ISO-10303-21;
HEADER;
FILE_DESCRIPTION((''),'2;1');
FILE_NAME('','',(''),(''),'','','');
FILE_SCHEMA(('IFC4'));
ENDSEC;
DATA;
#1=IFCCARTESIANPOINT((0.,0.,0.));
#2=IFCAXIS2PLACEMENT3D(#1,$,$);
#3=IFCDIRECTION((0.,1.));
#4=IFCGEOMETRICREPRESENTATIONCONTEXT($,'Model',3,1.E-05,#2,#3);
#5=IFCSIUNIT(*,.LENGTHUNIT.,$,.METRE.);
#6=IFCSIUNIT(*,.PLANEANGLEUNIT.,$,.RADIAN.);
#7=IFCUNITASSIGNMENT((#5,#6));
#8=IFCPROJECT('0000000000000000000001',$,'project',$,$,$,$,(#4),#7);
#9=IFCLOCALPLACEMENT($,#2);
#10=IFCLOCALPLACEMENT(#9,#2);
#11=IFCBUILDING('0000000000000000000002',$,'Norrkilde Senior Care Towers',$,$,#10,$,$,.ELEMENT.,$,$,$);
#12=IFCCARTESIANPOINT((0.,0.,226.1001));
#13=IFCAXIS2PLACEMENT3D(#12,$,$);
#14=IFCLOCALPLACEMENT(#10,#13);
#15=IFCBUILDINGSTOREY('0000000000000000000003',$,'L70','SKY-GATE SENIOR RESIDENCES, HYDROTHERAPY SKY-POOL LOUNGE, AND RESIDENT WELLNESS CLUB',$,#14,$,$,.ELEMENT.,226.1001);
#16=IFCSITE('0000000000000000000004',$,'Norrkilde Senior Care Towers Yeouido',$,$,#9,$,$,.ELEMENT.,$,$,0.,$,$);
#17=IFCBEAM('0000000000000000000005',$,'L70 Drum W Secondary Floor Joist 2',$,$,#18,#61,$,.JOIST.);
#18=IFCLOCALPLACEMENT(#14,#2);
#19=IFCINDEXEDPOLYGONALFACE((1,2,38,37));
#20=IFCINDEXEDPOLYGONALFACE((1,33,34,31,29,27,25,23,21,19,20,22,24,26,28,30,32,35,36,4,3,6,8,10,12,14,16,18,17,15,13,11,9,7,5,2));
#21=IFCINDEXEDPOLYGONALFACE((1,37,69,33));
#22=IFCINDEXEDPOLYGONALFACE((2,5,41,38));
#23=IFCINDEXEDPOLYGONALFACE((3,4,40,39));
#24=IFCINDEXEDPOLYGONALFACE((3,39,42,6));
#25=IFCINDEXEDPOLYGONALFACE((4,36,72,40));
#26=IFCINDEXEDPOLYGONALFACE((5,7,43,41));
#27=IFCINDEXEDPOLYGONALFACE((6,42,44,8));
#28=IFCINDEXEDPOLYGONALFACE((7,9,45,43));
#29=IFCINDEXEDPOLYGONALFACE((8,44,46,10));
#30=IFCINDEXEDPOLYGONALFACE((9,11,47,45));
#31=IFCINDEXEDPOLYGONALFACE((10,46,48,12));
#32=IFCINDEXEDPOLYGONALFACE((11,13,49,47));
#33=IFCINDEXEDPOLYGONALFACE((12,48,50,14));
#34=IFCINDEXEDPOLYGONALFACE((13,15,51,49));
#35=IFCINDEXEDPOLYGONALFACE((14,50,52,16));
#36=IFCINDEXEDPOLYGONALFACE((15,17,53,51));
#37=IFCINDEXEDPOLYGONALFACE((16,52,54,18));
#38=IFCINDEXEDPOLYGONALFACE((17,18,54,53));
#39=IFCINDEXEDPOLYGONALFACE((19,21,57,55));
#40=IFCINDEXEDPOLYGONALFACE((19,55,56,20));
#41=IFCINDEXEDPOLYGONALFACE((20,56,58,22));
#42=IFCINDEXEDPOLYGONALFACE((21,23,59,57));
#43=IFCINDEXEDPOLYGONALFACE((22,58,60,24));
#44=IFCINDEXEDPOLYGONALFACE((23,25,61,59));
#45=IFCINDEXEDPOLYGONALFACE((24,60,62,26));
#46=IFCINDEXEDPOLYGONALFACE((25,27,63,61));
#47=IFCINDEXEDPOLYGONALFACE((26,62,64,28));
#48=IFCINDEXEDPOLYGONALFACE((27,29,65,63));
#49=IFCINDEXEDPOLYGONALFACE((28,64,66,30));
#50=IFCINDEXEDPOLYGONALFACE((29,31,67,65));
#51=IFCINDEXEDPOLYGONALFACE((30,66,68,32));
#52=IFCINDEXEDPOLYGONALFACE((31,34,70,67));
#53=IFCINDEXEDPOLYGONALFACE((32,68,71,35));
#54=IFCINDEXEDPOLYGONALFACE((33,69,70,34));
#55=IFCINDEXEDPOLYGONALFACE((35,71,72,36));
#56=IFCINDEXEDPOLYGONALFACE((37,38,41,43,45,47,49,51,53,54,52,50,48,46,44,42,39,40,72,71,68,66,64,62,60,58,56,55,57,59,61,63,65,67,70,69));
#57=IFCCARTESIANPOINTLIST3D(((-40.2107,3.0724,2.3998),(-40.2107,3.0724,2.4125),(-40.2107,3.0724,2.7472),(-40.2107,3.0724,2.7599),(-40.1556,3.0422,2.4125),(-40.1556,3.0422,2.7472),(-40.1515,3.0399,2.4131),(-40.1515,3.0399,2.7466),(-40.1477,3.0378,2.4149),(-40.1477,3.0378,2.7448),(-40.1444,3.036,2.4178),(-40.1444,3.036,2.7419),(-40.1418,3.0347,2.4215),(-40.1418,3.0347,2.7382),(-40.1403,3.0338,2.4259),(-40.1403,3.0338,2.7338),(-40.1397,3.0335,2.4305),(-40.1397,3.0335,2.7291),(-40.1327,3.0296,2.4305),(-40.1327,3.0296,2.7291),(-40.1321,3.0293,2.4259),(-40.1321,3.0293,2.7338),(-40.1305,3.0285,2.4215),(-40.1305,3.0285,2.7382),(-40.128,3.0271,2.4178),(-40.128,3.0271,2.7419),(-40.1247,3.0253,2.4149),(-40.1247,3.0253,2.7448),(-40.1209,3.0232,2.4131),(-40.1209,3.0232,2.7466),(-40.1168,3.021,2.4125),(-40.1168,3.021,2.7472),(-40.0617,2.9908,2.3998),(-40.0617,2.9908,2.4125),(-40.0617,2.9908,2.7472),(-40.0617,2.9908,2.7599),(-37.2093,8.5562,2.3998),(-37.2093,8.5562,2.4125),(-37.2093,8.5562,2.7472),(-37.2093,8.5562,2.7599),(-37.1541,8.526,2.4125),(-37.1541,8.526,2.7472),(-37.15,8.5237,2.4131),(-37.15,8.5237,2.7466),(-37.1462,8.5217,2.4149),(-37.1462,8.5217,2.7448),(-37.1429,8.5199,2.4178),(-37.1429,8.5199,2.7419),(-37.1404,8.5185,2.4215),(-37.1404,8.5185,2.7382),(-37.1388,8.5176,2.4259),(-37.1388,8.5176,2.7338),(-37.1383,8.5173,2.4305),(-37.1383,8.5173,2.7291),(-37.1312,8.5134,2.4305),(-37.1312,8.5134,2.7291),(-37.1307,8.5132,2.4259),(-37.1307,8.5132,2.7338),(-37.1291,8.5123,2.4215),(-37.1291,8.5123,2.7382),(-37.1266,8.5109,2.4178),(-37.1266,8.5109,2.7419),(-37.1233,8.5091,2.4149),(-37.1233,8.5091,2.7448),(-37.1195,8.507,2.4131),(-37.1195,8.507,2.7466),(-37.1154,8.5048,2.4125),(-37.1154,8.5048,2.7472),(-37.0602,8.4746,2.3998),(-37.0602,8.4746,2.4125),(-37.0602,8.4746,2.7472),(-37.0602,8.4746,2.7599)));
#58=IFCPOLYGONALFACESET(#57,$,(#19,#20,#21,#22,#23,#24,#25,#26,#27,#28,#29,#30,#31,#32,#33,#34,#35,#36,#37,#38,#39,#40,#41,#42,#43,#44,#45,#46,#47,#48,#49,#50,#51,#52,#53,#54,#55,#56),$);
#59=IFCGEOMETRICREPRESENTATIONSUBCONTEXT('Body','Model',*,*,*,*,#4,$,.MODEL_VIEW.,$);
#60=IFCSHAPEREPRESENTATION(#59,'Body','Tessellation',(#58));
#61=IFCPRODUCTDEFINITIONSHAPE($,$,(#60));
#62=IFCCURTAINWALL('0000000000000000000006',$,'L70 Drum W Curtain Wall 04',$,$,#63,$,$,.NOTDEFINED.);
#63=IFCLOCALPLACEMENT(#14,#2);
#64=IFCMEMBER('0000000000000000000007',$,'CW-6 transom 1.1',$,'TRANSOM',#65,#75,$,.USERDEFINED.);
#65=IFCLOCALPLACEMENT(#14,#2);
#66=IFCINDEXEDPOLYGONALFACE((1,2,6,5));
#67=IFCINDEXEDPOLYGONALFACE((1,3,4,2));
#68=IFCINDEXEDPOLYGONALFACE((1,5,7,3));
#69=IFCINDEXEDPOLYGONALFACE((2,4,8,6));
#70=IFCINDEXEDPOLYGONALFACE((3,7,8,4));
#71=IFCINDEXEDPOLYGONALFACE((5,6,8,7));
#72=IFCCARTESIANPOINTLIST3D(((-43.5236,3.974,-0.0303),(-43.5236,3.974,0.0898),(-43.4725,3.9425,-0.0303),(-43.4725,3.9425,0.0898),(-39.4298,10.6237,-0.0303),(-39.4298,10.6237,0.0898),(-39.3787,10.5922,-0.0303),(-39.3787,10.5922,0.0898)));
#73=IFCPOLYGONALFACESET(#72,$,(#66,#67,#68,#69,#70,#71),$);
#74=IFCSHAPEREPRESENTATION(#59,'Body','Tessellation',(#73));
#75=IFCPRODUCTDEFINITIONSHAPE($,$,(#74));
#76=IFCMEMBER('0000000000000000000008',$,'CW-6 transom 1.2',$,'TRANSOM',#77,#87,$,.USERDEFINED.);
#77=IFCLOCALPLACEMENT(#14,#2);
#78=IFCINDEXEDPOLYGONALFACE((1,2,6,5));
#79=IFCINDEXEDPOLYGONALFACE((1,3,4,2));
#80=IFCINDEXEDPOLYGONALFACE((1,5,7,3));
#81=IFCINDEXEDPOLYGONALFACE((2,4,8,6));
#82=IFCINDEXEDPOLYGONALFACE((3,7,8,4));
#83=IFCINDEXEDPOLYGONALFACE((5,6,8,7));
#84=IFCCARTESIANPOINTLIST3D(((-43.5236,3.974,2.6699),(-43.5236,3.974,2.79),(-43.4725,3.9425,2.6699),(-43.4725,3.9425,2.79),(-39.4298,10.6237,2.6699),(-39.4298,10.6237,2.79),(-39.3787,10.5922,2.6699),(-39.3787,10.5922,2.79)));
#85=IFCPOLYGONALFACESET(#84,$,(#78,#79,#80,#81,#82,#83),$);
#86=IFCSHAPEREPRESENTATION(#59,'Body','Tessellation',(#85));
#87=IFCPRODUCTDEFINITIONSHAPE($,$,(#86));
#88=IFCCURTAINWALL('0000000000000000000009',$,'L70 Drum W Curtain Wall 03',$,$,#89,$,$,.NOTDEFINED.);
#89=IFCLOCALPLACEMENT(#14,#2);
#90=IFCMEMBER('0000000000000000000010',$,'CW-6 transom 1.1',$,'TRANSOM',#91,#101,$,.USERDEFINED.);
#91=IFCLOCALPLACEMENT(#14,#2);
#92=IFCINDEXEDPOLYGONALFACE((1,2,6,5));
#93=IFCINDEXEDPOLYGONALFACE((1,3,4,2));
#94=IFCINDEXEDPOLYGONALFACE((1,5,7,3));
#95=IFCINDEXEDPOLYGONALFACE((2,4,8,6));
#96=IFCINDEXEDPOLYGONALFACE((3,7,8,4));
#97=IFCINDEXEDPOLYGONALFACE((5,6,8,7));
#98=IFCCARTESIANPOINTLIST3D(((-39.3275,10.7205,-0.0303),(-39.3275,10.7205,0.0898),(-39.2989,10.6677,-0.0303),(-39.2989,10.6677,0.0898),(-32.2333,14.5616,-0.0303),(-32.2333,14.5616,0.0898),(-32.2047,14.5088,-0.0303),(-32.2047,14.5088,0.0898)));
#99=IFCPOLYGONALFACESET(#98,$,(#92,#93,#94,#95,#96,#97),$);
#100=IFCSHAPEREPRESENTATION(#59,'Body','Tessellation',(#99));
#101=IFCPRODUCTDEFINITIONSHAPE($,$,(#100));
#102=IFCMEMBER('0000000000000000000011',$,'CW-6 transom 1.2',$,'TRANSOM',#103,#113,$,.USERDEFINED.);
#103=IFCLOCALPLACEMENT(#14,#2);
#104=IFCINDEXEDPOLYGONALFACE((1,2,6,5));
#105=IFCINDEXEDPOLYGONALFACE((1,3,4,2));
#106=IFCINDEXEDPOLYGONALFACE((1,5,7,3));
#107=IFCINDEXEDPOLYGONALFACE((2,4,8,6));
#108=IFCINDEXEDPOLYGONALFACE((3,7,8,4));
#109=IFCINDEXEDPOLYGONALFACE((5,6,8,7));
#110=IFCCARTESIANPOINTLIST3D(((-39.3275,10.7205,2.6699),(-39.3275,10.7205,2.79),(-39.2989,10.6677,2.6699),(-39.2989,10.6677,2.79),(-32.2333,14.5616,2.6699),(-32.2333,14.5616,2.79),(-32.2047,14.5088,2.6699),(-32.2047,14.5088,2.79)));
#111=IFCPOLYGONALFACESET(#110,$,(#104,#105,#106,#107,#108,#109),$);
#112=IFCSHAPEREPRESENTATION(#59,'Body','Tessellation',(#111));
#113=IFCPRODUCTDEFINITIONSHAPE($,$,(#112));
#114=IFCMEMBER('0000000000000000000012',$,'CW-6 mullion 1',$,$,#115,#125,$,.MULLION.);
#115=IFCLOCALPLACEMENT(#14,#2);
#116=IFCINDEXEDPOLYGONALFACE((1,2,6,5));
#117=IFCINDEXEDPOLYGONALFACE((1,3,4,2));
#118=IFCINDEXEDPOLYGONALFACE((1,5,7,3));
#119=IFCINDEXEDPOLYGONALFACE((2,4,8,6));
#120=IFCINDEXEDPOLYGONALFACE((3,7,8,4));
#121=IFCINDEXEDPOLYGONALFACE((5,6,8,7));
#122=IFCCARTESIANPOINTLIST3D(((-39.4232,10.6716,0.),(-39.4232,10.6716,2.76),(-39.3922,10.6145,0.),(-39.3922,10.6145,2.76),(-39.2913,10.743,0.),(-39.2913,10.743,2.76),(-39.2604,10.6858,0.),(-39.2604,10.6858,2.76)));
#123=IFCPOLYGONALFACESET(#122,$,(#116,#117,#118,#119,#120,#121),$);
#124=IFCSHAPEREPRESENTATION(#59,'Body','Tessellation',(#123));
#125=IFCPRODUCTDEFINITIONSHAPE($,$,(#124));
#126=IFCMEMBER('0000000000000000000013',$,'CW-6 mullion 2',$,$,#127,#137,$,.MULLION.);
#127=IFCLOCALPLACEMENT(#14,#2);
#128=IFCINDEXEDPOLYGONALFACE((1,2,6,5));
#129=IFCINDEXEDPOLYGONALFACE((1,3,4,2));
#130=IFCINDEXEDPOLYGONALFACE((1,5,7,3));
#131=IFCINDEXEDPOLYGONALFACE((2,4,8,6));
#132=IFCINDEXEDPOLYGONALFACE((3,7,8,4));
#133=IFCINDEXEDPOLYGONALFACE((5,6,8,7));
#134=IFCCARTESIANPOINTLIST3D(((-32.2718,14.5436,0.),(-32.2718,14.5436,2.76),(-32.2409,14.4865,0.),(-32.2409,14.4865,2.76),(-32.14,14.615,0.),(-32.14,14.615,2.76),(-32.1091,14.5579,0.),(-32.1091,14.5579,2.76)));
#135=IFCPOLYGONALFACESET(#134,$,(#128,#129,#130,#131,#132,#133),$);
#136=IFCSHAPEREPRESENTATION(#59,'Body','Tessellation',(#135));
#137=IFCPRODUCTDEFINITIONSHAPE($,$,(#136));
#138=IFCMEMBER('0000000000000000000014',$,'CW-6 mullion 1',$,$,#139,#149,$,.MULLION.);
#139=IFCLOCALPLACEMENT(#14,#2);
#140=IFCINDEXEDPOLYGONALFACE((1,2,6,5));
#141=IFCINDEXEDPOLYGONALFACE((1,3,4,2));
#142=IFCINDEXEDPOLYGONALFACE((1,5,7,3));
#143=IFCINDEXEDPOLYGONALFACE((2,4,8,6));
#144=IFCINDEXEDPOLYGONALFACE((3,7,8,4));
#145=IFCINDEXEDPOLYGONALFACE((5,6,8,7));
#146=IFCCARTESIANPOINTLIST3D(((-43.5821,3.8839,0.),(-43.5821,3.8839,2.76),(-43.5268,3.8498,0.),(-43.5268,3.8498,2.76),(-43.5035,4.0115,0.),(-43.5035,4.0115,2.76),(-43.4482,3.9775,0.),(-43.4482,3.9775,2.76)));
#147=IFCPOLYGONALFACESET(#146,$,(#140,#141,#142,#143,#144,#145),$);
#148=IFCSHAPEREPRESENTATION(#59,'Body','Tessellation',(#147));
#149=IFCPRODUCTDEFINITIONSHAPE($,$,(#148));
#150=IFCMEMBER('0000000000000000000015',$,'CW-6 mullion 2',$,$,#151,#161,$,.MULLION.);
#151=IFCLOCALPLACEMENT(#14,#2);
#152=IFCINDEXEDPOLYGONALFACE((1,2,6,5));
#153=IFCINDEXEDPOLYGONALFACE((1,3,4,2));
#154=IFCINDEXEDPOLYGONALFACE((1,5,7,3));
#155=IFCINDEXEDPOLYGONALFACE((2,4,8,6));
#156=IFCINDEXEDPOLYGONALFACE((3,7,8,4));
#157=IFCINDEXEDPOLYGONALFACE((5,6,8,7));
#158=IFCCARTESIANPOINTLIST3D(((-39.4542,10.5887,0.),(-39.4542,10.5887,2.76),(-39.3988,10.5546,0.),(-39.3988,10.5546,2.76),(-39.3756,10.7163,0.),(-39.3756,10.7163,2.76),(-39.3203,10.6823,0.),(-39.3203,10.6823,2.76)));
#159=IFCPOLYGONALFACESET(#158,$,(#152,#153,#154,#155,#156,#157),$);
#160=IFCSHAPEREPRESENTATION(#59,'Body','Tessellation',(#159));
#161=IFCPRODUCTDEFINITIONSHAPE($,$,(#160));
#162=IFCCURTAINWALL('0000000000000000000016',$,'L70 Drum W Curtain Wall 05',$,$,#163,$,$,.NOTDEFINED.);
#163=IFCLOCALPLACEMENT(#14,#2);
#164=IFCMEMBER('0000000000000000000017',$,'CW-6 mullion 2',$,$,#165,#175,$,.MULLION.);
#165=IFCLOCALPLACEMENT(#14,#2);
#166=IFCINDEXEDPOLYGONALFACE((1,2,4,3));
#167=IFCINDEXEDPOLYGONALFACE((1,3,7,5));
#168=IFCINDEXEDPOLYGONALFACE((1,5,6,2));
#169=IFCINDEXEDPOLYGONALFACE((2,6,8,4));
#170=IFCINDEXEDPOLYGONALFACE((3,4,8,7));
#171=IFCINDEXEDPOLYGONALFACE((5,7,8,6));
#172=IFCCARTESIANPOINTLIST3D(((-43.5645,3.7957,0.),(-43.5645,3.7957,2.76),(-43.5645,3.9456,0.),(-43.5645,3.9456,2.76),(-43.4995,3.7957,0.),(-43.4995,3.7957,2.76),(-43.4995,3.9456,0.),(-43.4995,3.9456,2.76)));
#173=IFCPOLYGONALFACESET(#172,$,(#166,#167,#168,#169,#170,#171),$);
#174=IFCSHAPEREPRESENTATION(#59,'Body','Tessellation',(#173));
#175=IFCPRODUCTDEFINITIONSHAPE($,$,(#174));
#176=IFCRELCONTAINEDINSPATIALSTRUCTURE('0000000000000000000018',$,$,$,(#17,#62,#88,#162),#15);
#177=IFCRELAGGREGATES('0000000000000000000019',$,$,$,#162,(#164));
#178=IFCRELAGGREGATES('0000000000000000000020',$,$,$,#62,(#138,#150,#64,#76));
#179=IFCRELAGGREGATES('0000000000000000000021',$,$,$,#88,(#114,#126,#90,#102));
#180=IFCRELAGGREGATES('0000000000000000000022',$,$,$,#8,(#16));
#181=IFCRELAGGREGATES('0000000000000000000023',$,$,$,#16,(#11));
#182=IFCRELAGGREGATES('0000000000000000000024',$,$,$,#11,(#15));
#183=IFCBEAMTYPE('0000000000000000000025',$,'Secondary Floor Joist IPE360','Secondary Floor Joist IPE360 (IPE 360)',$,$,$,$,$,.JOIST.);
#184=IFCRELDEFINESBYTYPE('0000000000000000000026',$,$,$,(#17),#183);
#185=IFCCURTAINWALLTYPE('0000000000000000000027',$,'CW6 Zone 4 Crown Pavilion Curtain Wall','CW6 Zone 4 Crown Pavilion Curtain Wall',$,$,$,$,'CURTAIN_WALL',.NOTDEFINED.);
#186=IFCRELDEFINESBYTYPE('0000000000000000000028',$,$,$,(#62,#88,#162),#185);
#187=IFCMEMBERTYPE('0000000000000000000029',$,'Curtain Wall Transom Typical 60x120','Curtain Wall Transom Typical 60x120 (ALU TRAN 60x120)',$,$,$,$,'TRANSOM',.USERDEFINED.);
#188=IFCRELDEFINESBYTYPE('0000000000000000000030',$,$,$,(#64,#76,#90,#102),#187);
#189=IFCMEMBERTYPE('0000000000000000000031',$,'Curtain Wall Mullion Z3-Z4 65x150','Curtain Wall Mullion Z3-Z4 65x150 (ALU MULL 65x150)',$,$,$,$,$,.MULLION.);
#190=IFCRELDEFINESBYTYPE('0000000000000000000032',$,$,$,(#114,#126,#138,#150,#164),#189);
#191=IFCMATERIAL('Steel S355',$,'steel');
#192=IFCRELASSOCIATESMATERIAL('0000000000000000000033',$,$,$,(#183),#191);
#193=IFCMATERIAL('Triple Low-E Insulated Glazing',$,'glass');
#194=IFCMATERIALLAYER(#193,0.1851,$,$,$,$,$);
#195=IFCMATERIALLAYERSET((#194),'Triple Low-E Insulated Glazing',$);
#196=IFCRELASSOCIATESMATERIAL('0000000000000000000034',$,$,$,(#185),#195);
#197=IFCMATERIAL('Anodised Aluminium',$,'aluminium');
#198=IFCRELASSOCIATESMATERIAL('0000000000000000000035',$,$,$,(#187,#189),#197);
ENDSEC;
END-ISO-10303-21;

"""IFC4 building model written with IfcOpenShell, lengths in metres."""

from ifc_helpers import new_model, si_unit, direction, frame, origin, origin_2d, place, context, subcontext, project, spatial, rectangle, i_section, extrude, source, transform, mapped, material, layer, layer_set, material_profile, profile_set, type_object, type_shapes, element, aggregate, save


model = new_model("IFC4")

# Units and contexts
model_context = context("Model", 3, precision=1e-05, world=origin(), true_north=direction((0.0, 1.0)))
body_context = subcontext(model_context, "Body", "Model", "MODEL_VIEW")
ifc_project = project(units=[si_unit("LENGTHUNIT", "METRE"), si_unit("PLANEANGLEUNIT", "RADIAN")], contexts=[model_context])

# Site, building, storey
site_placement = place(None, origin())
site = spatial("IfcSite", under=ifc_project, at=site_placement, Name="Norrkilde Senior Care Towers Yeouido", CompositionType="ELEMENT", RefElevation=0.0)
building_placement = place(site_placement, origin())
building = spatial("IfcBuilding", under=site, at=building_placement, Name="Norrkilde Senior Care Towers", CompositionType="ELEMENT")
storey_placement = place(building_placement, frame((0.0, 0.0, 226.1001)))
storey = spatial("IfcBuildingStorey", under=building, at=storey_placement, Name="L70", Description="SKY-GATE SENIOR RESIDENCES, HYDROTHERAPY SKY-POOL LOUNGE, AND RESIDENT WELLNESS CLUB", CompositionType="ELEMENT", Elevation=226.1001)

# Beam
ifc_material_1 = material(Name="Steel S355", Category="steel")
ifc_material_profile_1 = material_profile(ifc_material_1, i_section(OverallWidth=0.1699, OverallDepth=0.3601, WebThickness=0.0081, FlangeThickness=0.0127, FilletRadius=0.0181, at=origin_2d()), Name="IPE 360")
ifc_profile_set_1 = profile_set([ifc_material_profile_1], Name="Steel S355")
beam_type_1 = type_object("IfcBeamType", Name="Secondary Floor Joist IPE360", Description="Secondary Floor Joist IPE360 (IPE 360)", PredefinedType="JOIST", material=ifc_profile_set_1)
shared_shape_1 = source(origin(), body_context, "Body", "SweptSolid", [
    extrude(i_section(OverallWidth=0.1699, OverallDepth=0.3601, WebThickness=0.0081, FlangeThickness=0.0127, FilletRadius=0.0181, at=origin_2d()), origin(), (0.0, 0.0, 1.0), 6.2515),
])
type_shapes(beam_type_1, [shared_shape_1])
beam_1_placement = place(storey_placement, frame((-37.1348, 8.5154, 2.5798), z_axis=(-0.480116, -0.877205, 0.0), x_axis=(0.877205, -0.480116, 0.0)))
element("IfcBeam", 1, at=beam_1_placement, inside=storey, type_object=beam_type_1, Name="L70 Drum W Secondary Floor Joist 2", PredefinedType="JOIST", context=body_context, shape_type="MappedRepresentation", body=[
    mapped(shared_shape_1, transform((0.0, 0.0, 0.0), x_axis=(1.0, 0.0, 0.0), y_axis=(0.0, 1.0, 0.0), z_axis=(0.0, 0.0, 1.0), scale=1.0)),
])

# Curtain walls, members
ifc_material_2 = material(Name="Triple Low-E Insulated Glazing", Category="glass")
ifc_layer_1 = layer(ifc_material_2, 0.1851)
ifc_layer_set_1 = layer_set([ifc_layer_1], Name="Triple Low-E Insulated Glazing")
curtain_wall_type = type_object("IfcCurtainWallType", Name="CW6 Zone 4 Crown Pavilion Curtain Wall", Description="CW6 Zone 4 Crown Pavilion Curtain Wall", ElementType="CURTAIN_WALL", PredefinedType="NOTDEFINED", material=ifc_layer_set_1)
curtain_wall_1_placement = place(storey_placement, origin())
curtain_wall_1 = element("IfcCurtainWall", 2, at=curtain_wall_1_placement, inside=storey, type_object=curtain_wall_type, Name="L70 Drum W Curtain Wall 04", PredefinedType="NOTDEFINED")
ifc_material_3 = material(Name="Anodised Aluminium", Category="aluminium")
ifc_material_profile_2 = material_profile(ifc_material_3, rectangle(XDim=0.0601, YDim=0.1201, at=origin_2d()), Name="ALU TRAN 60x120")
ifc_profile_set_2 = profile_set([ifc_material_profile_2], Name="Anodised Aluminium")
member_type_1 = type_object("IfcMemberType", Name="Curtain Wall Transom Typical 60x120", Description="Curtain Wall Transom Typical 60x120 (ALU TRAN 60x120)", ElementType="TRANSOM", PredefinedType="USERDEFINED", material=ifc_profile_set_2)
shared_shape_2 = source(origin(), body_context, "Body", "SweptSolid", [
    extrude(rectangle(XDim=0.0601, YDim=0.1201, at=origin_2d()), origin(), (0.0, 0.0, 1.0), 7.8088),
])
member_1_placement = place(storey_placement, frame((-43.498, 3.9583, 0.0298), z_axis=(0.524251, 0.851564, 0.0), x_axis=(-0.851564, 0.524251, 0.0)))
member_1 = element("IfcMember", 3, at=member_1_placement, type_object=member_type_1, Name="CW-6 transom 1.1", ObjectType="TRANSOM", PredefinedType="USERDEFINED", context=body_context, shape_type="MappedRepresentation", body=[
    mapped(shared_shape_2, transform((0.0, 0.0, 0.0), x_axis=(1.0, 0.0, 0.0), y_axis=(0.0, 1.0, 0.0), z_axis=(0.0, 0.0, 1.0), scale=1.0)),
])
member_2_placement = place(storey_placement, frame((-43.498, 3.9583, 2.73), z_axis=(0.524251, 0.851564, 0.0), x_axis=(-0.851564, 0.524251, 0.0)))
member_2 = element("IfcMember", 4, at=member_2_placement, type_object=member_type_1, Name="CW-6 transom 1.2", ObjectType="TRANSOM", PredefinedType="USERDEFINED", context=body_context, shape_type="MappedRepresentation", body=[
    mapped(shared_shape_2, transform((0.0, 0.0, 0.0), x_axis=(1.0, 0.0, 0.0), y_axis=(0.0, 1.0, 0.0), z_axis=(0.0, 0.0, 1.0), scale=1.0)),
])
curtain_wall_2_placement = place(storey_placement, origin())
curtain_wall_2 = element("IfcCurtainWall", 5, at=curtain_wall_2_placement, inside=storey, type_object=curtain_wall_type, Name="L70 Drum W Curtain Wall 03", PredefinedType="NOTDEFINED")
shared_shape_3 = source(origin(), body_context, "Body", "SweptSolid", [
    extrude(rectangle(XDim=0.0601, YDim=0.1201, at=origin_2d()), origin(), (0.0, 0.0, 1.0), 8.0674),
])
type_shapes(member_type_1, [shared_shape_2, shared_shape_3])
member_3_placement = place(storey_placement, frame((-39.3132, 10.6941, 0.0298), z_axis=(0.879378, 0.476125, 0.0), x_axis=(-0.476125, 0.879378, 0.0)))
member_3 = element("IfcMember", 6, at=member_3_placement, type_object=member_type_1, Name="CW-6 transom 1.1", ObjectType="TRANSOM", PredefinedType="USERDEFINED", context=body_context, shape_type="MappedRepresentation", body=[
    mapped(shared_shape_3, transform((0.0, 0.0, 0.0), x_axis=(1.0, 0.0, 0.0), y_axis=(0.0, 1.0, 0.0), z_axis=(0.0, 0.0, 1.0), scale=1.0)),
])
member_4_placement = place(storey_placement, frame((-39.3132, 10.6941, 2.73), z_axis=(0.879378, 0.476125, 0.0), x_axis=(-0.476125, 0.879378, 0.0)))
member_4 = element("IfcMember", 7, at=member_4_placement, type_object=member_type_1, Name="CW-6 transom 1.2", ObjectType="TRANSOM", PredefinedType="USERDEFINED", context=body_context, shape_type="MappedRepresentation", body=[
    mapped(shared_shape_3, transform((0.0, 0.0, 0.0), x_axis=(1.0, 0.0, 0.0), y_axis=(0.0, 1.0, 0.0), z_axis=(0.0, 0.0, 1.0), scale=1.0)),
])
ifc_material_profile_3 = material_profile(ifc_material_3, rectangle(XDim=0.0649, YDim=0.1499, at=origin_2d()), Name="ALU MULL 65x150")
ifc_profile_set_3 = profile_set([ifc_material_profile_3], Name="Anodised Aluminium")
member_type_2 = type_object("IfcMemberType", Name="Curtain Wall Mullion Z3-Z4 65x150", Description="Curtain Wall Mullion Z3-Z4 65x150 (ALU MULL 65x150)", PredefinedType="MULLION", material=ifc_profile_set_3)
shared_shape_4 = source(origin(), body_context, "Body", "SweptSolid", [
    extrude(rectangle(XDim=0.0649, YDim=0.1499, at=origin_2d()), origin(), (0.0, 0.0, 1.0), 2.76),
])
type_shapes(member_type_2, [shared_shape_4])
member_5_placement = place(storey_placement, frame((-39.3418, 10.6787, 0.0), z_axis=(0.0, 0.0, 1.0), x_axis=(-0.476133, 0.879373, 0.0)))
member_5 = element("IfcMember", 8, at=member_5_placement, type_object=member_type_2, Name="CW-6 mullion 1", PredefinedType="MULLION", context=body_context, shape_type="MappedRepresentation", body=[
    mapped(shared_shape_4, transform((0.0, 0.0, 0.0), x_axis=(1.0, 0.0, 0.0), y_axis=(0.0, 1.0, 0.0), z_axis=(0.0, 0.0, 1.0), scale=1.0)),
])
member_6_placement = place(storey_placement, frame((-32.1904, 14.5508, 0.0), z_axis=(0.0, 0.0, 1.0), x_axis=(-0.476133, 0.879373, 0.0)))
member_6 = element("IfcMember", 9, at=member_6_placement, type_object=member_type_2, Name="CW-6 mullion 2", PredefinedType="MULLION", context=body_context, shape_type="MappedRepresentation", body=[
    mapped(shared_shape_4, transform((0.0, 0.0, 0.0), x_axis=(1.0, 0.0, 0.0), y_axis=(0.0, 1.0, 0.0), z_axis=(0.0, 0.0, 1.0), scale=1.0)),
])

# Members
member_7_placement = place(storey_placement, frame((-43.5151, 3.9307, 0.0), z_axis=(0.0, 0.0, 1.0), x_axis=(-0.851563, 0.524253, 0.0)))
member_7 = element("IfcMember", 10, at=member_7_placement, type_object=member_type_2, Name="CW-6 mullion 1", PredefinedType="MULLION", context=body_context, shape_type="MappedRepresentation", body=[
    mapped(shared_shape_4, transform((0.0, 0.0, 0.0), x_axis=(1.0, 0.0, 0.0), y_axis=(0.0, 1.0, 0.0), z_axis=(0.0, 0.0, 1.0), scale=1.0)),
])
member_8_placement = place(storey_placement, frame((-39.3872, 10.6355, 0.0), z_axis=(0.0, 0.0, 1.0), x_axis=(-0.851563, 0.524253, 0.0)))
member_8 = element("IfcMember", 11, at=member_8_placement, type_object=member_type_2, Name="CW-6 mullion 2", PredefinedType="MULLION", context=body_context, shape_type="MappedRepresentation", body=[
    mapped(shared_shape_4, transform((0.0, 0.0, 0.0), x_axis=(1.0, 0.0, 0.0), y_axis=(0.0, 1.0, 0.0), z_axis=(0.0, 0.0, 1.0), scale=1.0)),
])

# Curtain wall, member
curtain_wall_3_placement = place(storey_placement, origin())
curtain_wall_3 = element("IfcCurtainWall", 12, at=curtain_wall_3_placement, inside=storey, type_object=curtain_wall_type, Name="L70 Drum W Curtain Wall 05", PredefinedType="NOTDEFINED")
member_9_placement = place(storey_placement, frame((-43.532, 3.8706, 0.0), z_axis=(0.0, 0.0, 1.0), x_axis=(-1.0, 0.0, 0.0)))
member_9 = element("IfcMember", 13, at=member_9_placement, type_object=member_type_2, Name="CW-6 mullion 2", PredefinedType="MULLION", context=body_context, shape_type="MappedRepresentation", body=[
    mapped(shared_shape_4, transform((0.0, 0.0, 0.0), x_axis=(1.0, 0.0, 0.0), y_axis=(0.0, 1.0, 0.0), z_axis=(0.0, 0.0, 1.0), scale=1.0)),
])
aggregate(curtain_wall_3, [member_9])

aggregate(curtain_wall_1, [member_7, member_8, member_1, member_2])
aggregate(curtain_wall_2, [member_5, member_6, member_3, member_4])

save(model, "model.ifc")
